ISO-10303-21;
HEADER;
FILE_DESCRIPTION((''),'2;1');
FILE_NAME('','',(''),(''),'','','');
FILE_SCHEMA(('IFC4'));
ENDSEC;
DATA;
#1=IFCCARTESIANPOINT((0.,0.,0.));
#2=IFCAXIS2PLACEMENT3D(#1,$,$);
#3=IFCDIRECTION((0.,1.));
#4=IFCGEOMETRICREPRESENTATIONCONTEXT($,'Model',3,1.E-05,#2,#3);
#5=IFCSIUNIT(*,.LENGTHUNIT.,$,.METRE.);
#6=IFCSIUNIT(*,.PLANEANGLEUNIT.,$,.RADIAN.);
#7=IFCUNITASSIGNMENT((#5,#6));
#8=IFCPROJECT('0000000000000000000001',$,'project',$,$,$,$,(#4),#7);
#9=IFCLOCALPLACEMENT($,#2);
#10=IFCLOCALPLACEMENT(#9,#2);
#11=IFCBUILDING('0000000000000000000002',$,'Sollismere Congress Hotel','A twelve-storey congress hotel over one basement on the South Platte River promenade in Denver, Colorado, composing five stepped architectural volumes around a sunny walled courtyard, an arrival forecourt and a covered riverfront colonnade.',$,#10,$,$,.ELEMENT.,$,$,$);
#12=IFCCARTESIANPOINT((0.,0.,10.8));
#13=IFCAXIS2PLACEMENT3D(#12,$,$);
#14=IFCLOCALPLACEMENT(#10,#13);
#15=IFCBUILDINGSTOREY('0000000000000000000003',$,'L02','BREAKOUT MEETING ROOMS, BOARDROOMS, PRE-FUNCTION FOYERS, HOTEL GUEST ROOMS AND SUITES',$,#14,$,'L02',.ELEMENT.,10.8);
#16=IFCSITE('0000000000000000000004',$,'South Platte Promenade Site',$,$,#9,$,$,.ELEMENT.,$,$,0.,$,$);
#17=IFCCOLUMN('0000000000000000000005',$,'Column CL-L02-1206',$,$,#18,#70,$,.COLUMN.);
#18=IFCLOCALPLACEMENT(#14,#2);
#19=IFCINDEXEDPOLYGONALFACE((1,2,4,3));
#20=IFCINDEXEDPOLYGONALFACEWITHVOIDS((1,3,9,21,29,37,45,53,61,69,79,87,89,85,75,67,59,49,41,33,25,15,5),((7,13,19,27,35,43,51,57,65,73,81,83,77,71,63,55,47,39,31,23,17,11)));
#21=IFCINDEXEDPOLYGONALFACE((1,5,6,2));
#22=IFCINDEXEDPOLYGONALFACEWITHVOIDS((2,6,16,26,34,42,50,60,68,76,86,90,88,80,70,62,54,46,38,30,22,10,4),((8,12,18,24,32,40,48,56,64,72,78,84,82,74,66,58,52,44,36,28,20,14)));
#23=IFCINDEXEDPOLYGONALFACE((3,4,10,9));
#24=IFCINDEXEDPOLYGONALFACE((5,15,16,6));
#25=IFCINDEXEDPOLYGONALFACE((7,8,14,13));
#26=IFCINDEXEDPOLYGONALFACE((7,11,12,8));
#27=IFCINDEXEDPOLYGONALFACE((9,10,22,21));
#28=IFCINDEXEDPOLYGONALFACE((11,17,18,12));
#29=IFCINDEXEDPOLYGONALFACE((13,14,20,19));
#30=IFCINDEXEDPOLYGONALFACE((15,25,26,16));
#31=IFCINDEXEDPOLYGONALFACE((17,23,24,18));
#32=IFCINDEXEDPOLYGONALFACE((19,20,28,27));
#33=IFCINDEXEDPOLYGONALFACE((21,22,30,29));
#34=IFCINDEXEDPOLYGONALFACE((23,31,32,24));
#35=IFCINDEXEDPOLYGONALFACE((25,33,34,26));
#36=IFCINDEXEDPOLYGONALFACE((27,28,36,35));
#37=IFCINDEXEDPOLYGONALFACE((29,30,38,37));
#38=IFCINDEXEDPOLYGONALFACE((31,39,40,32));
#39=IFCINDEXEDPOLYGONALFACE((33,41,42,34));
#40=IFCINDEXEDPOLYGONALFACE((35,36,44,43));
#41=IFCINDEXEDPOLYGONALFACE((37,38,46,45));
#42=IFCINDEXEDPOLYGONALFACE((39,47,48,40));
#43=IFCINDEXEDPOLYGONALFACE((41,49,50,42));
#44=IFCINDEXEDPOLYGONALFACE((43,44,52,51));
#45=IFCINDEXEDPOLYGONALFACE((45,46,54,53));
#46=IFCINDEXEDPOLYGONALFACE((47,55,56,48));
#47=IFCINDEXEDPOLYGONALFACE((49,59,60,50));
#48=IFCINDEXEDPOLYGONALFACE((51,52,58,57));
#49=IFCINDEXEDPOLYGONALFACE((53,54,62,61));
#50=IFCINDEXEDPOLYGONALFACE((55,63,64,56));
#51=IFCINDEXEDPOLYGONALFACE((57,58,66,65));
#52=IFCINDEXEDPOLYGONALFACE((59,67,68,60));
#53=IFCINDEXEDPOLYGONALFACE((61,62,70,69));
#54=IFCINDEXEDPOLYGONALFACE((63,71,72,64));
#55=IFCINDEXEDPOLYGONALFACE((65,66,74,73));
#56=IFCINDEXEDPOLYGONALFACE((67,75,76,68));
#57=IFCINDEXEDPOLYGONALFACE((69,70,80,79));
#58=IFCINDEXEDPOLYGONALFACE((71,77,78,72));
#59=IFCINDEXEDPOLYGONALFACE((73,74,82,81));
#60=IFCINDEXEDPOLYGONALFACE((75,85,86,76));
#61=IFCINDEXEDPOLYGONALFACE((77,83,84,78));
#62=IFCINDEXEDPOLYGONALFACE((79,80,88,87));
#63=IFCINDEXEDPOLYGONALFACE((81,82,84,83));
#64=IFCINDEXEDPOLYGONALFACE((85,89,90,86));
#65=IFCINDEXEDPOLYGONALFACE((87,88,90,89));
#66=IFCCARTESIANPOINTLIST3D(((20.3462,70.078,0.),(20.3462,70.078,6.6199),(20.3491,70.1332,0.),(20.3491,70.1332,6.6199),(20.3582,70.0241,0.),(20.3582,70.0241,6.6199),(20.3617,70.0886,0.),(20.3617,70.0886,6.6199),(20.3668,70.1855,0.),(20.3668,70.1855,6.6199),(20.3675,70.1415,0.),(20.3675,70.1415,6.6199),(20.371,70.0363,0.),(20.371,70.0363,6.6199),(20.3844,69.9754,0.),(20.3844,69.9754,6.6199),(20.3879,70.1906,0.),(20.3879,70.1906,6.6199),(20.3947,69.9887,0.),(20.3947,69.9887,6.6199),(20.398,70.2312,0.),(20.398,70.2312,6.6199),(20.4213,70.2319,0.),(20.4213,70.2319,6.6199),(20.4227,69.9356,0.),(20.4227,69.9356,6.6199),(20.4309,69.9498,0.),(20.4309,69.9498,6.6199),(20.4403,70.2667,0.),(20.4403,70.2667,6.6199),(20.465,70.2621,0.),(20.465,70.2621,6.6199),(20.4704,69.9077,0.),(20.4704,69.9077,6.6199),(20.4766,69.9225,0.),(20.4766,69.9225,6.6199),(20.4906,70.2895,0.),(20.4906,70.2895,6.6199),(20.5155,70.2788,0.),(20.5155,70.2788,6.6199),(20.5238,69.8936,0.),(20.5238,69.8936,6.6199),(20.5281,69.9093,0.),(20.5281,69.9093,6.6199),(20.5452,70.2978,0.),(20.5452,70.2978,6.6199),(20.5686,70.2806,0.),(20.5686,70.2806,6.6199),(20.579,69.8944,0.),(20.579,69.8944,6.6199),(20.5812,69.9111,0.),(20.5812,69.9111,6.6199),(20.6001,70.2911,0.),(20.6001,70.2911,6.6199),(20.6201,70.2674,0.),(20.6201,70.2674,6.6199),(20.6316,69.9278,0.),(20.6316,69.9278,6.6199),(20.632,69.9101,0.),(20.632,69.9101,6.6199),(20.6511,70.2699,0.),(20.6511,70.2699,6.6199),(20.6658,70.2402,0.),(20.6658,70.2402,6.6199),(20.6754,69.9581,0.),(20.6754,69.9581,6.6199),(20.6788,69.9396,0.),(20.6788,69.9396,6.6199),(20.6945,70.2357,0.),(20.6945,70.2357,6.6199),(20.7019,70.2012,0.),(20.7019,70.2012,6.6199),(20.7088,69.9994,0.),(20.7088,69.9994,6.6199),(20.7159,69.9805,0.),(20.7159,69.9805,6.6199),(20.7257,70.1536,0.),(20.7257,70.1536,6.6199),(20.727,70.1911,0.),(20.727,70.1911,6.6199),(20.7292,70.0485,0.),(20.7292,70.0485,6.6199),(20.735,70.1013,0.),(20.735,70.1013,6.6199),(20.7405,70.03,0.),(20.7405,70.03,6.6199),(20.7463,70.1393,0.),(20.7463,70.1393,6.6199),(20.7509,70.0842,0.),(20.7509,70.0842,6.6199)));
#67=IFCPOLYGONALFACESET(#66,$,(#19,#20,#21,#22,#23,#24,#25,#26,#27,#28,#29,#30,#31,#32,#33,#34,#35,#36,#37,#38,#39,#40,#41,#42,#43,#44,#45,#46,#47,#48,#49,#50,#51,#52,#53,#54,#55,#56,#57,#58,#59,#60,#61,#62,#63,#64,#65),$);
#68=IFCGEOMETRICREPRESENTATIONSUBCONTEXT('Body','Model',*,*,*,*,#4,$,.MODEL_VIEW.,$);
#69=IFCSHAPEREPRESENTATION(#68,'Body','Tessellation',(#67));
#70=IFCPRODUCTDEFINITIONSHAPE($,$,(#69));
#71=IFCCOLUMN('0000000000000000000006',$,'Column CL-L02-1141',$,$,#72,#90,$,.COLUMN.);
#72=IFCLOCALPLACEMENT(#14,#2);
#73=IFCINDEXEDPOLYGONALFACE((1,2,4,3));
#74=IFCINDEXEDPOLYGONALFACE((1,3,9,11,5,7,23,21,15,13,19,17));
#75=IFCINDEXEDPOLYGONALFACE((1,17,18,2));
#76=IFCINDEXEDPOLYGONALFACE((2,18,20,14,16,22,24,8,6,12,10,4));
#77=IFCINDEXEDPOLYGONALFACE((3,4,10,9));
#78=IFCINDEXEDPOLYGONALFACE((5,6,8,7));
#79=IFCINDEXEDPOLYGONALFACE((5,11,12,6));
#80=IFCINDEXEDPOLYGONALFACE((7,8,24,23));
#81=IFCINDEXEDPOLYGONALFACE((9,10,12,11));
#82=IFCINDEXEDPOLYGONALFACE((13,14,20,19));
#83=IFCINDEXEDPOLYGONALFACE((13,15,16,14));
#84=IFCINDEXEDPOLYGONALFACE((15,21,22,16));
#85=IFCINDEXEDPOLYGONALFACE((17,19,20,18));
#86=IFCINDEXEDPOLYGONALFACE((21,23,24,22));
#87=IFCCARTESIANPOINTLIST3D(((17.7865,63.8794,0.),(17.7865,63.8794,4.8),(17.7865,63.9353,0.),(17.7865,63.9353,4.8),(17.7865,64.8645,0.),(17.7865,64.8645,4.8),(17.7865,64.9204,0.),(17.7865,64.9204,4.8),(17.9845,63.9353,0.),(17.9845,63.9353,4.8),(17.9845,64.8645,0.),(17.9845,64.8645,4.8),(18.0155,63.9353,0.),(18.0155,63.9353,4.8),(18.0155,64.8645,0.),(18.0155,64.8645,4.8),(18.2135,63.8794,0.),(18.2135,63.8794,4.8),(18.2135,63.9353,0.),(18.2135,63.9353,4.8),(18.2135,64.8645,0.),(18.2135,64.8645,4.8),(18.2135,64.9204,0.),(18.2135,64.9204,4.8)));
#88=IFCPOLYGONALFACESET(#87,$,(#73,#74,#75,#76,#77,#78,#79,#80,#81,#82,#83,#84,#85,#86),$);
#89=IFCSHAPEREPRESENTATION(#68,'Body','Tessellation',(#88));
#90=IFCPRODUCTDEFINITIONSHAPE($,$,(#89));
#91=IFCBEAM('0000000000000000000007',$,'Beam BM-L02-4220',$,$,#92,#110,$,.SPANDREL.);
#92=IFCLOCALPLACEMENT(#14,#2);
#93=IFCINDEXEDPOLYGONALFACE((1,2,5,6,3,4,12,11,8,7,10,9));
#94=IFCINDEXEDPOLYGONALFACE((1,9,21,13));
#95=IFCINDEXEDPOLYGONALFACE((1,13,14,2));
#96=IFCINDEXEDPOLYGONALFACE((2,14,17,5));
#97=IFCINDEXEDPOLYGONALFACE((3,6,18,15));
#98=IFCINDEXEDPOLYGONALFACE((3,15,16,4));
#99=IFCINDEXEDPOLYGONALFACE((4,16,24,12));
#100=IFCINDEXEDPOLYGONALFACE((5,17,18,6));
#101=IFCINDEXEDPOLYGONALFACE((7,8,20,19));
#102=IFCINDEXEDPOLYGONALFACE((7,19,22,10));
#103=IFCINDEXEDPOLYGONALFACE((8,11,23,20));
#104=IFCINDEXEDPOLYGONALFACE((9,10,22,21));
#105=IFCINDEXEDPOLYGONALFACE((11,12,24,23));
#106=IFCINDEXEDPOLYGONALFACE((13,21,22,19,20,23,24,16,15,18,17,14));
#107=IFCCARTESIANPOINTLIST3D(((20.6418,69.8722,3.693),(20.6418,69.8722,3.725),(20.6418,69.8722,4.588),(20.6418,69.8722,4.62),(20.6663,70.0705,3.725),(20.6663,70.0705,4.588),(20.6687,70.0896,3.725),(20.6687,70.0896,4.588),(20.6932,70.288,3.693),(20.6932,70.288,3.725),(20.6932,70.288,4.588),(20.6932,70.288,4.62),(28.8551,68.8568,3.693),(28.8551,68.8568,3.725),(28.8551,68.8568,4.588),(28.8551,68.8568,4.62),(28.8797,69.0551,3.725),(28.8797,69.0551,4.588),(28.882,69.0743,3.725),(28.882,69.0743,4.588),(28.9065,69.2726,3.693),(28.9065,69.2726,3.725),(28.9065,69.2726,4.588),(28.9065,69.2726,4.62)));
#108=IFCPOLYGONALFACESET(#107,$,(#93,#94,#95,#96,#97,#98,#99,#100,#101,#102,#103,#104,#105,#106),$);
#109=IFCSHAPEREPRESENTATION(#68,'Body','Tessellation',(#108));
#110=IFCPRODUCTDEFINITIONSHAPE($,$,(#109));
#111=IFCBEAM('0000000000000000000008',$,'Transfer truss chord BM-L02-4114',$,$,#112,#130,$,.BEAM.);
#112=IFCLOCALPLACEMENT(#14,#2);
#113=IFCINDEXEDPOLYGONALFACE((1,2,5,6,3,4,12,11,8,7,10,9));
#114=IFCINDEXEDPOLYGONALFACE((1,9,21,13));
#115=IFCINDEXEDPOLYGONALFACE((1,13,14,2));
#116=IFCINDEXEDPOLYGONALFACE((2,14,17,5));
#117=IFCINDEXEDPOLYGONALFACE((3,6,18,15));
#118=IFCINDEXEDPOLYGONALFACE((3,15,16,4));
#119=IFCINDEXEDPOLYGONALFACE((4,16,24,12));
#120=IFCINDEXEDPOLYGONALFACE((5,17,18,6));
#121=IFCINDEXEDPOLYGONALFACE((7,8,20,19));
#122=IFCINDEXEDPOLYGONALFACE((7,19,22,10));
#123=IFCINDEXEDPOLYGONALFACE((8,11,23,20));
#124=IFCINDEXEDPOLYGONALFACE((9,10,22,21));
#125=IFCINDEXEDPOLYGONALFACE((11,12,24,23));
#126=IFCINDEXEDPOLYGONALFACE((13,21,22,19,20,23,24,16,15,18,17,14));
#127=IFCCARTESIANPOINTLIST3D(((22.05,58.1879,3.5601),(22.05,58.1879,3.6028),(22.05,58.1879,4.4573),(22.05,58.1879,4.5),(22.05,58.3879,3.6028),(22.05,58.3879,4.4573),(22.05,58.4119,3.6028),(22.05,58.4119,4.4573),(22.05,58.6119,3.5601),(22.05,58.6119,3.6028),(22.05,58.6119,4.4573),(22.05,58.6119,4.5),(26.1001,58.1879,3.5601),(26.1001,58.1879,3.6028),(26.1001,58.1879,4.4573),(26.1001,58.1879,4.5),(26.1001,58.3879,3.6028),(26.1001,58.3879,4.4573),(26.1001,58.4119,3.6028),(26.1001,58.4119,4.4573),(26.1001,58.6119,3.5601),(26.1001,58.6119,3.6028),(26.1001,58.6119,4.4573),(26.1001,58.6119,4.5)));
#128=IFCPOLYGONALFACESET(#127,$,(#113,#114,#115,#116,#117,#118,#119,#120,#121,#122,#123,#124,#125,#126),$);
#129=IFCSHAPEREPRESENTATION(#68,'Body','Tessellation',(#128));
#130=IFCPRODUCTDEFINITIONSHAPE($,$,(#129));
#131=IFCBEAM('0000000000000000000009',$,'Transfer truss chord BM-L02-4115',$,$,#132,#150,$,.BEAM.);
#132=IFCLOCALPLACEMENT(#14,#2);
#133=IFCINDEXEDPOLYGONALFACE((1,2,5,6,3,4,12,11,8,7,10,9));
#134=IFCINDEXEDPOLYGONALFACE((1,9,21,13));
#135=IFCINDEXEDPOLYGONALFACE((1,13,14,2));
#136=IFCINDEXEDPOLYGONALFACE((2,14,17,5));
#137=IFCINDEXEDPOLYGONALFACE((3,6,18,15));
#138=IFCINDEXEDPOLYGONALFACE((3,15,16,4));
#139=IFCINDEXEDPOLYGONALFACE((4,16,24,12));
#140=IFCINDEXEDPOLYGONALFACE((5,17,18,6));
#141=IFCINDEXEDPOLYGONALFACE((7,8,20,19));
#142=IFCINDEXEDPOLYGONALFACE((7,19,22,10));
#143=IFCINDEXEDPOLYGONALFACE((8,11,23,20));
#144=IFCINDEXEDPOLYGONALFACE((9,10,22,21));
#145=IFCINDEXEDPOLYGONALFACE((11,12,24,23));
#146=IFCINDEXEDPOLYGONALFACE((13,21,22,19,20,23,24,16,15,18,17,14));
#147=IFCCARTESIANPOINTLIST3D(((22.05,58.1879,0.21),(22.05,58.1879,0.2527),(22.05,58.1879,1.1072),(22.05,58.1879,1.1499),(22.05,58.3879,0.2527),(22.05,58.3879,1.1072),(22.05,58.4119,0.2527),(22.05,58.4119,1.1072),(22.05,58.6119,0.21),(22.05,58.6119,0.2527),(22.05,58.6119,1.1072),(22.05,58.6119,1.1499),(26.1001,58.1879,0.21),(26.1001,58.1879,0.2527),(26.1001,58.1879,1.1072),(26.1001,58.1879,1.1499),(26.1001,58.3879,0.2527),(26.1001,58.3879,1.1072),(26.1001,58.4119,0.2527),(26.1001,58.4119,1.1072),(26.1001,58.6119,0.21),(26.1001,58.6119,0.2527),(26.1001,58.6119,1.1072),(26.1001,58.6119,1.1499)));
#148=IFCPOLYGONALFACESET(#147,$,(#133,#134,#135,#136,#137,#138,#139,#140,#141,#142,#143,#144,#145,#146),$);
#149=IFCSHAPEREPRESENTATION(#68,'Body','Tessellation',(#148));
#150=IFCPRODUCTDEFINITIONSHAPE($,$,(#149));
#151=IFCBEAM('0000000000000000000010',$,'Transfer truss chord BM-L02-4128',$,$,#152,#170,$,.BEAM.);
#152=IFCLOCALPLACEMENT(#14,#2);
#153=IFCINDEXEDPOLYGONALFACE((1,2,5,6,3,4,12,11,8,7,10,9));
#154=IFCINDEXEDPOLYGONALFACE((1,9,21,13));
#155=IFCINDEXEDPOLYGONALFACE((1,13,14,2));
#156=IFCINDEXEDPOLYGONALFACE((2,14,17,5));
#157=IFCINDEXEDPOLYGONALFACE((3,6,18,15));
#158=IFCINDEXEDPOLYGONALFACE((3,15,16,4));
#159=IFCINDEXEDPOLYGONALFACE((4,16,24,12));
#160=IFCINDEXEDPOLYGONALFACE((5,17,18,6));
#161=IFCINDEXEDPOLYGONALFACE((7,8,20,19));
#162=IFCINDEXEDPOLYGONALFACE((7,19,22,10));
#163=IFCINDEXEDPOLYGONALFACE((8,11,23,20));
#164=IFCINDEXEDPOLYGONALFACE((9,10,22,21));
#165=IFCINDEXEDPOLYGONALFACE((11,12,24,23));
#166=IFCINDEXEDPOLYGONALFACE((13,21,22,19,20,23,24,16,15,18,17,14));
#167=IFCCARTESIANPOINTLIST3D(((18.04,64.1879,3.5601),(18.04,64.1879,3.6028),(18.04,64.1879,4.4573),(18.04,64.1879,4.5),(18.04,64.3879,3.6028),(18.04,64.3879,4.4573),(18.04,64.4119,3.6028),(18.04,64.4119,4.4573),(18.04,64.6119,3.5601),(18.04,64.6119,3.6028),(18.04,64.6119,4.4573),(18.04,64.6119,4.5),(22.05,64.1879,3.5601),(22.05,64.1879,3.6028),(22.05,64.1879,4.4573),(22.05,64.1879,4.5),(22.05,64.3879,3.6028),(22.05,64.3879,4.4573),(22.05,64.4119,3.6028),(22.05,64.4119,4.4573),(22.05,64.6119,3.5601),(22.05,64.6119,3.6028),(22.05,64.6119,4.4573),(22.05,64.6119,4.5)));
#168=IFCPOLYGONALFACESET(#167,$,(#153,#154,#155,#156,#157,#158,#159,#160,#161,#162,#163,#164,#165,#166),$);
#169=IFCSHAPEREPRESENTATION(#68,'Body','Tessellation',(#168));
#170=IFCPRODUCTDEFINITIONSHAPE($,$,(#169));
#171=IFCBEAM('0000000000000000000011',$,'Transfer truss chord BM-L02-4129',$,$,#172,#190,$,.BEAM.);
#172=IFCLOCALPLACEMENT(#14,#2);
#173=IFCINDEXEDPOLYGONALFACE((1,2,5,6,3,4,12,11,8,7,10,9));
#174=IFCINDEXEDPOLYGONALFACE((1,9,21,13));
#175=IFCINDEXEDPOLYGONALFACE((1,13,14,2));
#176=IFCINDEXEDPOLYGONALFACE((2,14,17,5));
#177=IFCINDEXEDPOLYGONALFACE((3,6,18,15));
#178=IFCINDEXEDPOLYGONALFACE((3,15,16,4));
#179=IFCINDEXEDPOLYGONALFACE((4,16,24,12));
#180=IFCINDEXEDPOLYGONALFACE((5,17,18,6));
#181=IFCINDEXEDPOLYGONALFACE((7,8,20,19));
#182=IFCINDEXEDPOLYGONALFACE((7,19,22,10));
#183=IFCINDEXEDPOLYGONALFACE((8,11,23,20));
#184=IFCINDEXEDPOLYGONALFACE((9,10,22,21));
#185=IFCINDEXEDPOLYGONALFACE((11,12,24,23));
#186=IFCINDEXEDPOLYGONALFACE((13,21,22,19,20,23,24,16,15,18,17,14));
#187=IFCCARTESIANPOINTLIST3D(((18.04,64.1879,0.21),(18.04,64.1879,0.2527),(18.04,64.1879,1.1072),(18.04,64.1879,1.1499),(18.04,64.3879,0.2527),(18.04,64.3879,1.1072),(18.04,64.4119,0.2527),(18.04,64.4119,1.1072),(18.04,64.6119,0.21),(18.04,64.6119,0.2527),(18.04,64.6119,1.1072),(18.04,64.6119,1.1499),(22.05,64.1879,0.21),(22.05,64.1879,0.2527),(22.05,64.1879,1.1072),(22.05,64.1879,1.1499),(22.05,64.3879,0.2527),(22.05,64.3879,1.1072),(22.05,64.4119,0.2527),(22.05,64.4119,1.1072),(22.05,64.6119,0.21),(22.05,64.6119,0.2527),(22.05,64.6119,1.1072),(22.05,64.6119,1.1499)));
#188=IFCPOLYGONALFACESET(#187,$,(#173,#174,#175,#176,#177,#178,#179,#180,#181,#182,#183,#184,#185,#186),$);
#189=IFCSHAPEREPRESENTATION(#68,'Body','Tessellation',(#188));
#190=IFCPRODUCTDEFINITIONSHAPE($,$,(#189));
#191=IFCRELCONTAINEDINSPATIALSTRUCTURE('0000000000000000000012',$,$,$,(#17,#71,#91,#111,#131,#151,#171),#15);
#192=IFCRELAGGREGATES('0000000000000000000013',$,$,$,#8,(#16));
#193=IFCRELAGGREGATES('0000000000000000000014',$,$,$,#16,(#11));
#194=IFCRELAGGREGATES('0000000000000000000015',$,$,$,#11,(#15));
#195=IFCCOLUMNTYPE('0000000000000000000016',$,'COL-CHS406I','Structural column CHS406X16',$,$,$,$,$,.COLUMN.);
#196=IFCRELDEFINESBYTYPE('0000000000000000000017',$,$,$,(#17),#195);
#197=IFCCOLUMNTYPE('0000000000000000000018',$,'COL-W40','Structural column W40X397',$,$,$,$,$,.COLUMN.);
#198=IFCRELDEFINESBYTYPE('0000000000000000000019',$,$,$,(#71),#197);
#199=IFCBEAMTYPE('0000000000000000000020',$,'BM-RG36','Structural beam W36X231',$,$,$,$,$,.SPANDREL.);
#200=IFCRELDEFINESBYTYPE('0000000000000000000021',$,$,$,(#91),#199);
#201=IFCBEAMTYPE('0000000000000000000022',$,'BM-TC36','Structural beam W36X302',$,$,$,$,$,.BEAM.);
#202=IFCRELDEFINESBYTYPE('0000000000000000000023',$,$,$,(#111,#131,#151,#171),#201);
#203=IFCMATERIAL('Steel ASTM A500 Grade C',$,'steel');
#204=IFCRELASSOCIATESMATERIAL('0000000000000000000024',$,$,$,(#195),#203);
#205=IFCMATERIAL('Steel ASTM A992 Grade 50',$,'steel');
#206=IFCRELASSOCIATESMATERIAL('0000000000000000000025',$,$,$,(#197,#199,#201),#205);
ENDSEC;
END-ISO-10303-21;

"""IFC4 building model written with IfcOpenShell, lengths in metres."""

from ifc_helpers import new_model, si_unit, direction, frame, origin, origin_2d, place, context, subcontext, project, spatial, hollow_circle, i_section, extrude, material, material_profile, profile_set, type_object, element, save


model = new_model("IFC4")

# Units and contexts
model_context = context("Model", 3, precision=1e-05, world=origin(), true_north=direction((0.0, 1.0)))
body_context = subcontext(model_context, "Body", "Model", "MODEL_VIEW")
ifc_project = project(units=[si_unit("LENGTHUNIT", "METRE"), si_unit("PLANEANGLEUNIT", "RADIAN")], contexts=[model_context])

# Site, building, storey
site_placement = place(None, origin())
site = spatial("IfcSite", under=ifc_project, at=site_placement, Name="South Platte Promenade Site", CompositionType="ELEMENT", RefElevation=0.0)
building_placement = place(site_placement, origin())
building = spatial("IfcBuilding", under=site, at=building_placement, Name="Sollismere Congress Hotel", Description="A twelve-storey congress hotel over one basement on the South Platte River promenade in Denver, Colorado, composing five stepped architectural volumes around a sunny walled courtyard, an arrival forecourt and a covered riverfront colonnade.", CompositionType="ELEMENT")
storey_placement = place(building_placement, frame((0.0, 0.0, 10.8)))
storey = spatial("IfcBuildingStorey", under=building, at=storey_placement, Name="L02", Description="BREAKOUT MEETING ROOMS, BOARDROOMS, PRE-FUNCTION FOYERS, HOTEL GUEST ROOMS AND SUITES", LongName="L02", CompositionType="ELEMENT", Elevation=10.8)

# Columns
ifc_material_1 = material(Name="Steel ASTM A500 Grade C", Category="steel")
ifc_material_profile_1 = material_profile(ifc_material_1, hollow_circle(Radius=0.2029, WallThickness=0.0161, at=origin_2d()), Name="CHS406X16")
ifc_profile_set_1 = profile_set([ifc_material_profile_1], Name="Steel ASTM A500 Grade C")
column_type_1 = type_object("IfcColumnType", Name="COL-CHS406I", Description="Structural column CHS406X16", PredefinedType="COLUMN", material=ifc_profile_set_1)
column_1_placement = place(storey_placement, frame((20.5483, 70.095, 0.0), z_axis=(0.0, 0.0, 1.0), x_axis=(-0.384295, -0.92321, 0.0)))
element("IfcColumn", 1, at=column_1_placement, inside=storey, type_object=column_type_1, Name="Column CL-L02-1206", PredefinedType="COLUMN", context=body_context, shape_type="SweptSolid", body=[
    extrude(hollow_circle(Radius=0.2029, WallThickness=0.0161, at=origin_2d()), origin(), (0.0, 0.0, 1.0), 6.6199),
])
ifc_material_2 = material(Name="Steel ASTM A992 Grade 50", Category="steel")
ifc_material_profile_2 = material_profile(ifc_material_2, i_section(OverallWidth=0.427, OverallDepth=1.041, WebThickness=0.031, FlangeThickness=0.0559, at=origin_2d()), Name="W40X397")
ifc_profile_set_2 = profile_set([ifc_material_profile_2], Name="Steel ASTM A992 Grade 50")
column_type_2 = type_object("IfcColumnType", Name="COL-W40", Description="Structural column W40X397", PredefinedType="COLUMN", material=ifc_profile_set_2)
column_2_placement = place(storey_placement, frame((18.0, 64.3999, 0.0), z_axis=(0.0, 0.0, 1.0), x_axis=(1.0, 0.0, 0.0)))
element("IfcColumn", 2, at=column_2_placement, inside=storey, type_object=column_type_2, Name="Column CL-L02-1141", PredefinedType="COLUMN", context=body_context, shape_type="SweptSolid", body=[
    extrude(i_section(OverallWidth=0.427, OverallDepth=1.041, WebThickness=0.031, FlangeThickness=0.0559, at=origin_2d()), origin(), (0.0, 0.0, 1.0), 4.8),
])

# Beams
ifc_material_profile_3 = material_profile(ifc_material_2, i_section(OverallWidth=0.4189, OverallDepth=0.927, WebThickness=0.0193, FlangeThickness=0.032, at=origin_2d()), Name="W36X231")
ifc_profile_set_3 = profile_set([ifc_material_profile_3], Name="Steel ASTM A992 Grade 50")
beam_type_1 = type_object("IfcBeamType", Name="BM-RG36", Description="Structural beam W36X231", PredefinedType="SPANDREL", material=ifc_profile_set_3)
beam_placement = place(storey_placement, frame((20.6675, 70.0801, 4.1565), z_axis=(0.992445, -0.122691, 0.0), x_axis=(0.122691, 0.992445, 0.0)))
element("IfcBeam", 3, at=beam_placement, inside=storey, type_object=beam_type_1, Name="Beam BM-L02-4220", PredefinedType="SPANDREL", context=body_context, shape_type="SweptSolid", body=[
    extrude(i_section(OverallWidth=0.4189, OverallDepth=0.927, WebThickness=0.0193, FlangeThickness=0.032, at=origin_2d()), origin(), (0.0, 0.0, 1.0), 8.2759),
])
ifc_material_profile_4 = material_profile(ifc_material_2, i_section(OverallWidth=0.4241, OverallDepth=0.9399, WebThickness=0.0239, FlangeThickness=0.0427, at=origin_2d()), Name="W36X302")
ifc_profile_set_4 = profile_set([ifc_material_profile_4], Name="Steel ASTM A992 Grade 50")
beam_type_2 = type_object("IfcBeamType", Name="BM-TC36", Description="Structural beam W36X302", PredefinedType="BEAM", material=ifc_profile_set_4)
for number, where, z_axis, x_axis, name in (
    (4, (22.05, 58.3999, 4.03), (1.0, 0.0, 0.0), (0.0, 1.0, 0.0), "Transfer truss chord BM-L02-4114"),
    (5, (22.05, 58.3999, 0.6799), (1.0, 0.0, 0.0), (0.0, 1.0, 0.0), "Transfer truss chord BM-L02-4115"),
):
    element("IfcBeam", number, at=place(storey_placement, frame(where, z_axis=z_axis, x_axis=x_axis)), inside=storey, type_object=beam_type_2, Name=name, PredefinedType="BEAM", context=body_context, shape_type="SweptSolid", body=[
        extrude(i_section(OverallWidth=0.4241, OverallDepth=0.9399, WebThickness=0.0239, FlangeThickness=0.0427, at=origin_2d()), origin(), (0.0, 0.0, 1.0), 4.05),
    ])
for number, where, z_axis, x_axis, name in (
    (6, (18.04, 64.3999, 4.03), (1.0, 0.0, 0.0), (0.0, 1.0, 0.0), "Transfer truss chord BM-L02-4128"),
    (7, (18.04, 64.3999, 0.6799), (1.0, 0.0, 0.0), (0.0, 1.0, 0.0), "Transfer truss chord BM-L02-4129"),
):
    element("IfcBeam", number, at=place(storey_placement, frame(where, z_axis=z_axis, x_axis=x_axis)), inside=storey, type_object=beam_type_2, Name=name, PredefinedType="BEAM", context=body_context, shape_type="SweptSolid", body=[
        extrude(i_section(OverallWidth=0.4241, OverallDepth=0.9399, WebThickness=0.0239, FlangeThickness=0.0427, at=origin_2d()), origin(), (0.0, 0.0, 1.0), 4.01),
    ])

save(model, "model.ifc")
